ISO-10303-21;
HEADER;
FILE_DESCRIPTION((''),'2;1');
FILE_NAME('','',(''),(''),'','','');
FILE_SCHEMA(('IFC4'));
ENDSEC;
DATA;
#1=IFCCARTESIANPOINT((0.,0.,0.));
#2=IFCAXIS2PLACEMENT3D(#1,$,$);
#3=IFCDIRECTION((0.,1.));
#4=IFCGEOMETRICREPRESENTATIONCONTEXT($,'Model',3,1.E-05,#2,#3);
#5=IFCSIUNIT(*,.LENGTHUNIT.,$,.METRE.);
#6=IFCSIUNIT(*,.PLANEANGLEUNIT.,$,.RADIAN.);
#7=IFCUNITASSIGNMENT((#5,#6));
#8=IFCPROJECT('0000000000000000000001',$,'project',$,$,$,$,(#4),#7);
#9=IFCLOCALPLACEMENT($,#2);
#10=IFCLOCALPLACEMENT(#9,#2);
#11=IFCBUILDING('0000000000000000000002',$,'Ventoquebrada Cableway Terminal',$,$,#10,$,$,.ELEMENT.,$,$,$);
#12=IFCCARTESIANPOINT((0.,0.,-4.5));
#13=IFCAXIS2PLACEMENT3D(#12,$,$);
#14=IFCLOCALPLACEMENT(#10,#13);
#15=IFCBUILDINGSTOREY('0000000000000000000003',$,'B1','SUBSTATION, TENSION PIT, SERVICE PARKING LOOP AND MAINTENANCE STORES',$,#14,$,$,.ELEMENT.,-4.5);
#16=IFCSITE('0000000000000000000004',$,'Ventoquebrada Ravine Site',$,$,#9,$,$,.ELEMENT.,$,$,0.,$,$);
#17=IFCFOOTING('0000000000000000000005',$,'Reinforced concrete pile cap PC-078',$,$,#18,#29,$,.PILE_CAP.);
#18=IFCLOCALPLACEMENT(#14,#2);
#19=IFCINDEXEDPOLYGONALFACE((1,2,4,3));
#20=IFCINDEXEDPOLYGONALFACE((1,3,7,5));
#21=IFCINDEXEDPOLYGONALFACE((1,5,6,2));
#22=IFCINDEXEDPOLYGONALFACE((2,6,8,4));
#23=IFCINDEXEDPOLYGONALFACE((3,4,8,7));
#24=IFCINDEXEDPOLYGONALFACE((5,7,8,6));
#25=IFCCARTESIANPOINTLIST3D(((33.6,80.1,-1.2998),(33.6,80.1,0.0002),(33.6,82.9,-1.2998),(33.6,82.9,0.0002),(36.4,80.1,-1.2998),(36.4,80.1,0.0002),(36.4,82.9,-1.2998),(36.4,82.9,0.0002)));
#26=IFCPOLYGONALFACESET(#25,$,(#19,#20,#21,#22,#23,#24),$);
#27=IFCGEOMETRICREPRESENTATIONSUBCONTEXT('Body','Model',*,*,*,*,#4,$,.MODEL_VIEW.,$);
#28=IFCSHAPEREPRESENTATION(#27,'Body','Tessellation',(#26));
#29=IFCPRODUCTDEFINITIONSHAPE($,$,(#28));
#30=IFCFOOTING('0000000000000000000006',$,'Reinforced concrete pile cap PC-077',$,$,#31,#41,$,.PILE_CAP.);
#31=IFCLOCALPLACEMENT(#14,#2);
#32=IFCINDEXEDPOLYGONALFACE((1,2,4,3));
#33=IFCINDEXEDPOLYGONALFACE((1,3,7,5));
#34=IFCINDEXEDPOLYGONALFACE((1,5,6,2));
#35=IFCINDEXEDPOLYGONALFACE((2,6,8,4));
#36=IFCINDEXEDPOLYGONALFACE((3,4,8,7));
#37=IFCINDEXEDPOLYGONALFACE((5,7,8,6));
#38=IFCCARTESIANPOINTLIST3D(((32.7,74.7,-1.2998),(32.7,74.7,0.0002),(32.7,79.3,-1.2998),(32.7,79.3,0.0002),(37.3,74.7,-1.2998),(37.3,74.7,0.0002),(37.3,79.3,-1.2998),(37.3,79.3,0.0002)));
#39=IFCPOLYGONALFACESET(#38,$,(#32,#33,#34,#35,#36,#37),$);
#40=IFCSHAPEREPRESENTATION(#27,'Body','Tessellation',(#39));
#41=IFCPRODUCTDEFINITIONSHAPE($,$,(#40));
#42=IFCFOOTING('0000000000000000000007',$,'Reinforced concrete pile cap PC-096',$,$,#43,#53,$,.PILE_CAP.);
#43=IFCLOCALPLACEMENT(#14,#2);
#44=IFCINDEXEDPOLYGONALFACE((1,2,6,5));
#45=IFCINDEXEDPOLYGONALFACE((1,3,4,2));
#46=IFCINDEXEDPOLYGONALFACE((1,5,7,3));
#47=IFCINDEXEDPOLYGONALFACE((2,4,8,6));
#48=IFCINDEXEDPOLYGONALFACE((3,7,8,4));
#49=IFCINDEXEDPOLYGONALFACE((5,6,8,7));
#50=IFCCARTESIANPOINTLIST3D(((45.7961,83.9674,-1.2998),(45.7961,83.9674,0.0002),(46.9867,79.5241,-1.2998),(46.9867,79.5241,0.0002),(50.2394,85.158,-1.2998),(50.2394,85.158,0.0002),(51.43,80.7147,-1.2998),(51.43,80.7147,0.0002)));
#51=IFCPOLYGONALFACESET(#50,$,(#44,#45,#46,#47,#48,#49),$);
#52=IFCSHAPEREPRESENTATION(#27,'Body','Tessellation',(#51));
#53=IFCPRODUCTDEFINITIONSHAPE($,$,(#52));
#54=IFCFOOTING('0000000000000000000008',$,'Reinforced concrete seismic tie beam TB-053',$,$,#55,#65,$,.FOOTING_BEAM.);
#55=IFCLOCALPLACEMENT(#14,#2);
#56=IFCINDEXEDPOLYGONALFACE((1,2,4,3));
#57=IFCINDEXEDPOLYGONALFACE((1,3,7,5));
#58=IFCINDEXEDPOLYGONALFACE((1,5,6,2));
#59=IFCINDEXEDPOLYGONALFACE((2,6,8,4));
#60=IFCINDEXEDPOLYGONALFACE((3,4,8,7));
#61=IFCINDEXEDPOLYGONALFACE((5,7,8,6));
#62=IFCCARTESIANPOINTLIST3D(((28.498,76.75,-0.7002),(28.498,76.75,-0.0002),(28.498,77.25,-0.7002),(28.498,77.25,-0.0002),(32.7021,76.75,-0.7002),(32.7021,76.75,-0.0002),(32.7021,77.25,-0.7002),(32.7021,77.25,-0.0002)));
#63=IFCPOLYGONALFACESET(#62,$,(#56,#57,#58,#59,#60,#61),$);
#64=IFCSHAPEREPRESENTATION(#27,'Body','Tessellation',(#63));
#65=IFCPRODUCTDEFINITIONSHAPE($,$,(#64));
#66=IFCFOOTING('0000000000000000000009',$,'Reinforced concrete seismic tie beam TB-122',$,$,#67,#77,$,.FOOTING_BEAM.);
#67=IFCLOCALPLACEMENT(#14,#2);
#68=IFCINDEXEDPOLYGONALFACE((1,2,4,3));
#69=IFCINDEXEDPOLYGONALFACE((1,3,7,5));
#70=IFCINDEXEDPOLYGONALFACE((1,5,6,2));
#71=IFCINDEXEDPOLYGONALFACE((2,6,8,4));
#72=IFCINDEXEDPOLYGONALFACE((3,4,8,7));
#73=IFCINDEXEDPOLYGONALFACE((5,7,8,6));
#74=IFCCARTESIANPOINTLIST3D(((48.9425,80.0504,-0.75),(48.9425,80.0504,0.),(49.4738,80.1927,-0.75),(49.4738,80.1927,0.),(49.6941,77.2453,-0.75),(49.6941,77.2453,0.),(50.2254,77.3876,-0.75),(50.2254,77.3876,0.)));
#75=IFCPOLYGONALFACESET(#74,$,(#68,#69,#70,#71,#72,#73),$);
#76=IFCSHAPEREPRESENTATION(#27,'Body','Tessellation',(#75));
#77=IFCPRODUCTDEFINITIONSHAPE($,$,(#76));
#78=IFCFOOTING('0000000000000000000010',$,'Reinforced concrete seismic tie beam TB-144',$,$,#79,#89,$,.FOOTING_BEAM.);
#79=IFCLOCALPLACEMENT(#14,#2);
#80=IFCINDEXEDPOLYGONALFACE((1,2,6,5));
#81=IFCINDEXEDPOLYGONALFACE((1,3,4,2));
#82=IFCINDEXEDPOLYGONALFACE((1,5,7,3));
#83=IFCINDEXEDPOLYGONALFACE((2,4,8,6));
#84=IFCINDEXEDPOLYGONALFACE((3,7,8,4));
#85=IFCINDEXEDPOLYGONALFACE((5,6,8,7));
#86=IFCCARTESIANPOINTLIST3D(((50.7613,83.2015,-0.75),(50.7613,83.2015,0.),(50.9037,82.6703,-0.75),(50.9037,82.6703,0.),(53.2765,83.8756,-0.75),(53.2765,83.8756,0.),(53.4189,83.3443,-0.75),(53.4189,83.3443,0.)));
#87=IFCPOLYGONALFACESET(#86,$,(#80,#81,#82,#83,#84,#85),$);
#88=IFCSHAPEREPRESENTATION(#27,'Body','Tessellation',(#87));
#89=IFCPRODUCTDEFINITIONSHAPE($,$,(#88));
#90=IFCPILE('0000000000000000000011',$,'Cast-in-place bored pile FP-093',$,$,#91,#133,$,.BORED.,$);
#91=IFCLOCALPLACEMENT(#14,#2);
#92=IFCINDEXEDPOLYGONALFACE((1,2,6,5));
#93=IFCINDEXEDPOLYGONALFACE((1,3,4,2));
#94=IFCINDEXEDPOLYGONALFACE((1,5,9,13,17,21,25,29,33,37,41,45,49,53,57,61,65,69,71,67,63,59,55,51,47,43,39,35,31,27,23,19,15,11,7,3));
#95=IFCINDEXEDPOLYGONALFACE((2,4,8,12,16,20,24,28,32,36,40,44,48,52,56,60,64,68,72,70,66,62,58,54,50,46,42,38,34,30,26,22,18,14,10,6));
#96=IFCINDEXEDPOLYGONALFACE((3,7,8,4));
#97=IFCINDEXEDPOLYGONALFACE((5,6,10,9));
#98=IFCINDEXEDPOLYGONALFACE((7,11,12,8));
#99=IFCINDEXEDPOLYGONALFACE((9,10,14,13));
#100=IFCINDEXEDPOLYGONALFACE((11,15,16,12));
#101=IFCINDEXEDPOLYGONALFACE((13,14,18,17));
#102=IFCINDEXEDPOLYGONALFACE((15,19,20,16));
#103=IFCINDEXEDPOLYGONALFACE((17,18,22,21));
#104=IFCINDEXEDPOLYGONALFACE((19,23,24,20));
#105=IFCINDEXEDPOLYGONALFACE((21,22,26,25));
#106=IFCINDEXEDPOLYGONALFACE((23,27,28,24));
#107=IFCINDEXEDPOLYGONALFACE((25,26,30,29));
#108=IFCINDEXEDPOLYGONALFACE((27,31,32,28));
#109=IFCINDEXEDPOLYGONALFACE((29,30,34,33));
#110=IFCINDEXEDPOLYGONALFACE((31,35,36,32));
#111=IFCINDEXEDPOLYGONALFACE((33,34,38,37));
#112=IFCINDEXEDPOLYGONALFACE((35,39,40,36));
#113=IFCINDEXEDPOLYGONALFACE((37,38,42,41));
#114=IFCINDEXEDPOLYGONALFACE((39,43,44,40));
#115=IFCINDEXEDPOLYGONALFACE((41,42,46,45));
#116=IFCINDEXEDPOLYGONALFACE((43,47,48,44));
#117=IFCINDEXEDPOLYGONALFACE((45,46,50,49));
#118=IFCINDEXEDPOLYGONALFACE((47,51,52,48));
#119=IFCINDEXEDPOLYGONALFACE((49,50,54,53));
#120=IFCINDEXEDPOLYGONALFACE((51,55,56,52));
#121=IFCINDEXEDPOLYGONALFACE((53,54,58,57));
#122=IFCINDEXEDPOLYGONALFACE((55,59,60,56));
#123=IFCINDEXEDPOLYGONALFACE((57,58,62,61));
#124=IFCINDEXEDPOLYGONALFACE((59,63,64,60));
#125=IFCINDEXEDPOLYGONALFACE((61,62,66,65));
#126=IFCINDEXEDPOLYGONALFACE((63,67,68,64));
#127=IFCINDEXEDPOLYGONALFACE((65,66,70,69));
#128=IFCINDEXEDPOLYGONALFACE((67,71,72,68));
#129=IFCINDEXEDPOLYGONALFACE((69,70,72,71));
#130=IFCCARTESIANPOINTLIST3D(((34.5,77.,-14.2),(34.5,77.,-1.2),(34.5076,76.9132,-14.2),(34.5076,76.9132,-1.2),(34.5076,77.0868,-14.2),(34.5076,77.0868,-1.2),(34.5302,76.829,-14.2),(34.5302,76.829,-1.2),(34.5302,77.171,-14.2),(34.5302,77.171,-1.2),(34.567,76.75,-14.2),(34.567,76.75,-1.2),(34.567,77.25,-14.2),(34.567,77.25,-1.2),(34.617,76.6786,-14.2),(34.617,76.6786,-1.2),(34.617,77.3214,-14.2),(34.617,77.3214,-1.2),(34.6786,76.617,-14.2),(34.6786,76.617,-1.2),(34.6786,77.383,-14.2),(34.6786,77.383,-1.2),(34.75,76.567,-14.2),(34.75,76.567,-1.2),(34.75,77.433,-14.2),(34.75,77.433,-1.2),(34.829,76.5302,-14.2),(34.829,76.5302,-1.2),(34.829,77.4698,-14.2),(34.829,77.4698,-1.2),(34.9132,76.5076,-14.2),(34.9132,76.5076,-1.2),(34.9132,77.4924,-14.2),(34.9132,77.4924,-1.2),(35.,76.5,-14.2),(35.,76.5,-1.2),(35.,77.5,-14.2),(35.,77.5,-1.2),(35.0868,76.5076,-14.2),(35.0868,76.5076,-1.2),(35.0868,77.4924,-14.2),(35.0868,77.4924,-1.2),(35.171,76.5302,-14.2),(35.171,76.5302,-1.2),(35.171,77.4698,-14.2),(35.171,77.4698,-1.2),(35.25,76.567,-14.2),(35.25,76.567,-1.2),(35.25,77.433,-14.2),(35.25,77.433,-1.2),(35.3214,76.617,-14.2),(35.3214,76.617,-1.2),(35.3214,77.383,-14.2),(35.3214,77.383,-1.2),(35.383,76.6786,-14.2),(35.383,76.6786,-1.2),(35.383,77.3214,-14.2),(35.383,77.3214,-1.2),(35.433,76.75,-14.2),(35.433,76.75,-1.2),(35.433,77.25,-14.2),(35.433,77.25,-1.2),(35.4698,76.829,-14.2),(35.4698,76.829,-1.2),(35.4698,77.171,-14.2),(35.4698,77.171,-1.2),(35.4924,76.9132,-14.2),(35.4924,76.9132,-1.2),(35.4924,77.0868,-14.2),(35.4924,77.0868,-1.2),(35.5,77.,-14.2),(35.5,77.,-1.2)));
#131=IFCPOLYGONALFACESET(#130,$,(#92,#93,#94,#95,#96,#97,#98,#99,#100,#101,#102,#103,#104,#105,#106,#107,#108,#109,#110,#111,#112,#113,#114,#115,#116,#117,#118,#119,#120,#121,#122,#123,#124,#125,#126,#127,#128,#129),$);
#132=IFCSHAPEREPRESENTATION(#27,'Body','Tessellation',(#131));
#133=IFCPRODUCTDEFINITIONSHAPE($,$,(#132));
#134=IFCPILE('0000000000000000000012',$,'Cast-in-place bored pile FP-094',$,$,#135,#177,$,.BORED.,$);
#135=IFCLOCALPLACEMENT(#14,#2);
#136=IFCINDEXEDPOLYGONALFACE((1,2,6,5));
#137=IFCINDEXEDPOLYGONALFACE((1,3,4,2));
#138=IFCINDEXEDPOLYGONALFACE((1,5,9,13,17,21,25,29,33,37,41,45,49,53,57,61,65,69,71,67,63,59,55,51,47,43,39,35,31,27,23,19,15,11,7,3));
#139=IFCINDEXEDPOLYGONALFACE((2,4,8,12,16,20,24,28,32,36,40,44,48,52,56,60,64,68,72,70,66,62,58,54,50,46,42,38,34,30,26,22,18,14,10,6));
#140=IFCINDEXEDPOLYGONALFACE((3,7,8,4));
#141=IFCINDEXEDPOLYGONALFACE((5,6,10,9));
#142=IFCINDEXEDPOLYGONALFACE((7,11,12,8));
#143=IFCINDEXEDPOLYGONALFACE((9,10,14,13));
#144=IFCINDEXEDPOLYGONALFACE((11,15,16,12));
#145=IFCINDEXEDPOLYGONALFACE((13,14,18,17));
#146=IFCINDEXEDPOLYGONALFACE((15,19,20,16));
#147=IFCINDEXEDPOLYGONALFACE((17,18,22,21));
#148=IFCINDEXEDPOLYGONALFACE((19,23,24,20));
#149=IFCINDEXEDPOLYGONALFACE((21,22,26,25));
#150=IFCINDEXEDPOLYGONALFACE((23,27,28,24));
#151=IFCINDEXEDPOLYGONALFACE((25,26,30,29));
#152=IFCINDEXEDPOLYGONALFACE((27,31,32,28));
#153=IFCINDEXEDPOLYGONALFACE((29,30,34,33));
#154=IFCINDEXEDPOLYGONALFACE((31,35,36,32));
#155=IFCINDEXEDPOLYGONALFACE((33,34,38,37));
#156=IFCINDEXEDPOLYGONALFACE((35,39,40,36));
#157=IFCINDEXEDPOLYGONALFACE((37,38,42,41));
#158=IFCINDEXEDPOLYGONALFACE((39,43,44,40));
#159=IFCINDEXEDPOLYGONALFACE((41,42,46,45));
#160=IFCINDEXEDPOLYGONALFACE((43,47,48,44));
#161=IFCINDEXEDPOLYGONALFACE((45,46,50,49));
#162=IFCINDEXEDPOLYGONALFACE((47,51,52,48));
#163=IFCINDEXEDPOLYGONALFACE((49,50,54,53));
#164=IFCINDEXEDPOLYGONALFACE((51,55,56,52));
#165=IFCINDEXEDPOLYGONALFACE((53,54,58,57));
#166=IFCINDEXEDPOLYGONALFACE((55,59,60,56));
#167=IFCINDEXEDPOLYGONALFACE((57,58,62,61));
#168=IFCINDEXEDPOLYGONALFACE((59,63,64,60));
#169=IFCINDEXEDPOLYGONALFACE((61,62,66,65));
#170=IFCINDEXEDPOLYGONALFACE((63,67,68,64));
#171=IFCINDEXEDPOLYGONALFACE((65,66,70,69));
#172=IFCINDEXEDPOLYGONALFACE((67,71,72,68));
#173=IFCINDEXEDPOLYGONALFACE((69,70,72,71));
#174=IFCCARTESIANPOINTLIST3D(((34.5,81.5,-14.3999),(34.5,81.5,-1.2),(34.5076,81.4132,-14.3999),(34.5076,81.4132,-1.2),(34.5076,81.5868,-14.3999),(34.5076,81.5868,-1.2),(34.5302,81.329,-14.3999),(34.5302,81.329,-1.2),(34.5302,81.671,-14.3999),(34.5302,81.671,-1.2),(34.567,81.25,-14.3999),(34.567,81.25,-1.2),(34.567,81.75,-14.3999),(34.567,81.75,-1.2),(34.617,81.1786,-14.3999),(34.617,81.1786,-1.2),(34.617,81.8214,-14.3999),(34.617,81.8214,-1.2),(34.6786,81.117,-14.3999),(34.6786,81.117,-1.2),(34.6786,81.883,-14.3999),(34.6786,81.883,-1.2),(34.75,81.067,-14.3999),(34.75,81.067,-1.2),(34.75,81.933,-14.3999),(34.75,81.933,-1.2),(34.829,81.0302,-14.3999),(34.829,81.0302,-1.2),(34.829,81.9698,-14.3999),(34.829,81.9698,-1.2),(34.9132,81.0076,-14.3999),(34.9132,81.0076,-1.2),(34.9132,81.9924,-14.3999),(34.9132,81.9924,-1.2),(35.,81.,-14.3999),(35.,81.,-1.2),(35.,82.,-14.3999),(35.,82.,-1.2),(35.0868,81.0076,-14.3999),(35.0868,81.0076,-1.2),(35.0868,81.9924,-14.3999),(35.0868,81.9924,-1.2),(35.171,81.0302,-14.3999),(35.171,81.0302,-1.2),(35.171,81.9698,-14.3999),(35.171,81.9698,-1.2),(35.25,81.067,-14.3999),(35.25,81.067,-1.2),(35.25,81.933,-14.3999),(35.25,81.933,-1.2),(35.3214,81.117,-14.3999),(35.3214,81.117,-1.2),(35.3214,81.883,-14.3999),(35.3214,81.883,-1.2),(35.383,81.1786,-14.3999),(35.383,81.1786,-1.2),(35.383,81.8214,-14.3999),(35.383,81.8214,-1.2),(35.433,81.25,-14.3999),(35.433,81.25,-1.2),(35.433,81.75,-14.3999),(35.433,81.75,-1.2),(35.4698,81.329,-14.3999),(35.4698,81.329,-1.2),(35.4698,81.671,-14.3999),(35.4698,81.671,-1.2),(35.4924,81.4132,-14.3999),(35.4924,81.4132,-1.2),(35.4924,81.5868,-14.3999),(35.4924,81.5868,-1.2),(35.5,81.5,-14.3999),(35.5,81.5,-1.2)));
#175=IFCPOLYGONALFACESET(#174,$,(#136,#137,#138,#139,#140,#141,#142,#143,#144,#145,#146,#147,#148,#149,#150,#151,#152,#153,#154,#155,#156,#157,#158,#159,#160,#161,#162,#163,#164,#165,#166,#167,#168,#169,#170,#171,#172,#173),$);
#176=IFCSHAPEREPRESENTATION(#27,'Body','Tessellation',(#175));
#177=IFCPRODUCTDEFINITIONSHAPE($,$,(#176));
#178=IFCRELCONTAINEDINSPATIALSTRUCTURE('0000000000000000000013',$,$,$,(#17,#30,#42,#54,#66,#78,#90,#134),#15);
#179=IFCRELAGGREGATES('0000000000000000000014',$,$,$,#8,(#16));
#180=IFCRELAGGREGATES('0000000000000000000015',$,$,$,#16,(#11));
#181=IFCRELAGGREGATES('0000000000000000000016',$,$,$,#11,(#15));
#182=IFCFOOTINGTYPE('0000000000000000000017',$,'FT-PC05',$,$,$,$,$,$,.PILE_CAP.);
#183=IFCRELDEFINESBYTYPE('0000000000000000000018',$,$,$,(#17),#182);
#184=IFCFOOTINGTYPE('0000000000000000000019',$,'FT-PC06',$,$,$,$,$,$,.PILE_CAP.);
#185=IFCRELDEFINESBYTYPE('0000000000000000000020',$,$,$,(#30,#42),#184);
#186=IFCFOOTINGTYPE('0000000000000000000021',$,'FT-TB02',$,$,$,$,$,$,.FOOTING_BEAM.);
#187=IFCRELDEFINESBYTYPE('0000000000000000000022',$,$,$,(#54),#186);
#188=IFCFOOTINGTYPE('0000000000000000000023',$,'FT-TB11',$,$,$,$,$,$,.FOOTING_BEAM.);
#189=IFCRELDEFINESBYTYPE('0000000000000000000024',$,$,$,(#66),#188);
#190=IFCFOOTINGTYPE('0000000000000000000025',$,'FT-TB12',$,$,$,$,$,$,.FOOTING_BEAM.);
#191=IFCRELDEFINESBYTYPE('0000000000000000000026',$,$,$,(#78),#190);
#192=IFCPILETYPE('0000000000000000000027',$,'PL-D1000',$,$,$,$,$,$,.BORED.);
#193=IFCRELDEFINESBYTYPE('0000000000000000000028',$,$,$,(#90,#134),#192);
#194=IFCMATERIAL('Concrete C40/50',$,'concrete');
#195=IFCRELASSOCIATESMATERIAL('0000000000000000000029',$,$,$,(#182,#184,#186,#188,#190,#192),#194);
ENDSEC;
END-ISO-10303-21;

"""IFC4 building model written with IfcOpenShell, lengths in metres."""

from ifc_helpers import new_model, si_unit, direction, frame, origin, origin_2d, place, context, subcontext, project, spatial, rectangle, circle, extrude, material, material_profile, profile_set, type_object, element, save


model = new_model("IFC4")

# Units and contexts
model_context = context("Model", 3, precision=1e-05, world=origin(), true_north=direction((0.0, 1.0)))
body_context = subcontext(model_context, "Body", "Model", "MODEL_VIEW")
ifc_project = project(units=[si_unit("LENGTHUNIT", "METRE"), si_unit("PLANEANGLEUNIT", "RADIAN")], contexts=[model_context])

# Site, building, storey
site_placement = place(None, origin())
site = spatial("IfcSite", under=ifc_project, at=site_placement, Name="Ventoquebrada Ravine Site", CompositionType="ELEMENT", RefElevation=0.0)
building_placement = place(site_placement, origin())
building = spatial("IfcBuilding", under=site, at=building_placement, Name="Ventoquebrada Cableway Terminal", CompositionType="ELEMENT")
storey_placement = place(building_placement, frame((0.0, 0.0, -4.5)))
storey = spatial("IfcBuildingStorey", under=building, at=storey_placement, Name="B1", Description="SUBSTATION, TENSION PIT, SERVICE PARKING LOOP AND MAINTENANCE STORES", CompositionType="ELEMENT", Elevation=-4.5)

# Footings
ifc_material_1 = material(Name="Concrete C40/50", Category="concrete")
footing_type_1 = type_object("IfcFootingType", Name="FT-PC05", PredefinedType="PILE_CAP", material=ifc_material_1)
footing_1_placement = place(storey_placement, frame((35.0, 81.5, -1.2998), z_axis=(0.0, 0.0, 1.0), x_axis=(1.0, 0.0, 0.0)))
element("IfcFooting", 1, at=footing_1_placement, inside=storey, type_object=footing_type_1, Name="Reinforced concrete pile cap PC-078", PredefinedType="PILE_CAP", context=body_context, shape_type="SweptSolid", body=[
    extrude(rectangle(XDim=2.8, YDim=2.8, at=origin_2d()), origin(), (0.0, 0.0, 1.0), 1.3),
])
footing_type_2 = type_object("IfcFootingType", Name="FT-PC06", PredefinedType="PILE_CAP", material=ifc_material_1)
for number, where, z_axis, x_axis, name in (
    (2, (35.0, 77.0, -1.2998), (0.0, 0.0, 1.0), (1.0, 0.0, 0.0), "Reinforced concrete pile cap PC-077"),
    (3, (48.613, 82.3411, -1.2998), (0.0, 0.0, 1.0), (0.965926, 0.258819, 0.0), "Reinforced concrete pile cap PC-096"),
):
    element("IfcFooting", number, at=place(storey_placement, frame(where, z_axis=z_axis, x_axis=x_axis)), inside=storey, type_object=footing_type_2, Name=name, PredefinedType="PILE_CAP", context=body_context, shape_type="SweptSolid", body=[
        extrude(rectangle(XDim=4.6001, YDim=4.6001, at=origin_2d()), origin(), (0.0, 0.0, 1.0), 1.3),
    ])
footing_type_3 = type_object("IfcFootingType", Name="FT-TB02", PredefinedType="FOOTING_BEAM", material=ifc_material_1)
footing_2_placement = place(storey_placement, frame((30.6001, 77.0, -0.7002), z_axis=(0.0, 0.0, 1.0), x_axis=(1.0, 0.0, 0.0)))
element("IfcFooting", 4, at=footing_2_placement, inside=storey, type_object=footing_type_3, Name="Reinforced concrete seismic tie beam TB-053", PredefinedType="FOOTING_BEAM", context=body_context, shape_type="SweptSolid", body=[
    extrude(rectangle(XDim=4.2041, YDim=0.5, at=origin_2d()), origin(), (0.0, 0.0, 1.0), 0.7),
])
footing_type_4 = type_object("IfcFootingType", Name="FT-TB11", PredefinedType="FOOTING_BEAM", material=ifc_material_1)
footing_3_placement = place(storey_placement, frame((49.584, 78.719, -0.75), z_axis=(0.0, 0.0, 1.0), x_axis=(-0.258819, 0.965926, 0.0)))
element("IfcFooting", 5, at=footing_3_placement, inside=storey, type_object=footing_type_4, Name="Reinforced concrete seismic tie beam TB-122", PredefinedType="FOOTING_BEAM", context=body_context, shape_type="SweptSolid", body=[
    extrude(rectangle(XDim=2.9041, YDim=0.55, at=origin_2d()), origin(), (0.0, 0.0, 1.0), 0.75),
])
footing_type_5 = type_object("IfcFootingType", Name="FT-TB12", PredefinedType="FOOTING_BEAM", material=ifc_material_1)
footing_4_placement = place(storey_placement, frame((52.0901, 83.2729, -0.75), z_axis=(0.0, 0.0, 1.0), x_axis=(0.965912, 0.25887, 0.0)))
element("IfcFooting", 6, at=footing_4_placement, inside=storey, type_object=footing_type_5, Name="Reinforced concrete seismic tie beam TB-144", PredefinedType="FOOTING_BEAM", context=body_context, shape_type="SweptSolid", body=[
    extrude(rectangle(XDim=2.604, YDim=0.55, at=origin_2d()), origin(), (0.0, 0.0, 1.0), 0.75),
])

# Piles
ifc_material_profile_1 = material_profile(ifc_material_1, circle(Radius=0.5, at=origin_2d()), Name="PILE-D1000")
ifc_profile_set_1 = profile_set([ifc_material_profile_1], Name="Concrete C40/50")
pile_type = type_object("IfcPileType", Name="PL-D1000", PredefinedType="BORED", material=ifc_profile_set_1)
pile_1_placement = place(storey_placement, frame((35.0, 77.0, -1.2), z_axis=(0.0, 0.0, -1.0), x_axis=(1.0, 0.0, 0.0)))
element("IfcPile", 7, at=pile_1_placement, inside=storey, type_object=pile_type, Name="Cast-in-place bored pile FP-093", PredefinedType="BORED", context=body_context, shape_type="SweptSolid", body=[
    extrude(circle(Radius=0.5, at=origin_2d()), origin(), (0.0, 0.0, 1.0), 13.0),
])
pile_2_placement = place(storey_placement, frame((35.0, 81.5, -1.2), z_axis=(0.0, 0.0, -1.0), x_axis=(1.0, 0.0, 0.0)))
element("IfcPile", 8, at=pile_2_placement, inside=storey, type_object=pile_type, Name="Cast-in-place bored pile FP-094", PredefinedType="BORED", context=body_context, shape_type="SweptSolid", body=[
    extrude(circle(Radius=0.5, at=origin_2d()), origin(), (0.0, 0.0, 1.0), 13.2),
])

save(model, "model.ifc")
